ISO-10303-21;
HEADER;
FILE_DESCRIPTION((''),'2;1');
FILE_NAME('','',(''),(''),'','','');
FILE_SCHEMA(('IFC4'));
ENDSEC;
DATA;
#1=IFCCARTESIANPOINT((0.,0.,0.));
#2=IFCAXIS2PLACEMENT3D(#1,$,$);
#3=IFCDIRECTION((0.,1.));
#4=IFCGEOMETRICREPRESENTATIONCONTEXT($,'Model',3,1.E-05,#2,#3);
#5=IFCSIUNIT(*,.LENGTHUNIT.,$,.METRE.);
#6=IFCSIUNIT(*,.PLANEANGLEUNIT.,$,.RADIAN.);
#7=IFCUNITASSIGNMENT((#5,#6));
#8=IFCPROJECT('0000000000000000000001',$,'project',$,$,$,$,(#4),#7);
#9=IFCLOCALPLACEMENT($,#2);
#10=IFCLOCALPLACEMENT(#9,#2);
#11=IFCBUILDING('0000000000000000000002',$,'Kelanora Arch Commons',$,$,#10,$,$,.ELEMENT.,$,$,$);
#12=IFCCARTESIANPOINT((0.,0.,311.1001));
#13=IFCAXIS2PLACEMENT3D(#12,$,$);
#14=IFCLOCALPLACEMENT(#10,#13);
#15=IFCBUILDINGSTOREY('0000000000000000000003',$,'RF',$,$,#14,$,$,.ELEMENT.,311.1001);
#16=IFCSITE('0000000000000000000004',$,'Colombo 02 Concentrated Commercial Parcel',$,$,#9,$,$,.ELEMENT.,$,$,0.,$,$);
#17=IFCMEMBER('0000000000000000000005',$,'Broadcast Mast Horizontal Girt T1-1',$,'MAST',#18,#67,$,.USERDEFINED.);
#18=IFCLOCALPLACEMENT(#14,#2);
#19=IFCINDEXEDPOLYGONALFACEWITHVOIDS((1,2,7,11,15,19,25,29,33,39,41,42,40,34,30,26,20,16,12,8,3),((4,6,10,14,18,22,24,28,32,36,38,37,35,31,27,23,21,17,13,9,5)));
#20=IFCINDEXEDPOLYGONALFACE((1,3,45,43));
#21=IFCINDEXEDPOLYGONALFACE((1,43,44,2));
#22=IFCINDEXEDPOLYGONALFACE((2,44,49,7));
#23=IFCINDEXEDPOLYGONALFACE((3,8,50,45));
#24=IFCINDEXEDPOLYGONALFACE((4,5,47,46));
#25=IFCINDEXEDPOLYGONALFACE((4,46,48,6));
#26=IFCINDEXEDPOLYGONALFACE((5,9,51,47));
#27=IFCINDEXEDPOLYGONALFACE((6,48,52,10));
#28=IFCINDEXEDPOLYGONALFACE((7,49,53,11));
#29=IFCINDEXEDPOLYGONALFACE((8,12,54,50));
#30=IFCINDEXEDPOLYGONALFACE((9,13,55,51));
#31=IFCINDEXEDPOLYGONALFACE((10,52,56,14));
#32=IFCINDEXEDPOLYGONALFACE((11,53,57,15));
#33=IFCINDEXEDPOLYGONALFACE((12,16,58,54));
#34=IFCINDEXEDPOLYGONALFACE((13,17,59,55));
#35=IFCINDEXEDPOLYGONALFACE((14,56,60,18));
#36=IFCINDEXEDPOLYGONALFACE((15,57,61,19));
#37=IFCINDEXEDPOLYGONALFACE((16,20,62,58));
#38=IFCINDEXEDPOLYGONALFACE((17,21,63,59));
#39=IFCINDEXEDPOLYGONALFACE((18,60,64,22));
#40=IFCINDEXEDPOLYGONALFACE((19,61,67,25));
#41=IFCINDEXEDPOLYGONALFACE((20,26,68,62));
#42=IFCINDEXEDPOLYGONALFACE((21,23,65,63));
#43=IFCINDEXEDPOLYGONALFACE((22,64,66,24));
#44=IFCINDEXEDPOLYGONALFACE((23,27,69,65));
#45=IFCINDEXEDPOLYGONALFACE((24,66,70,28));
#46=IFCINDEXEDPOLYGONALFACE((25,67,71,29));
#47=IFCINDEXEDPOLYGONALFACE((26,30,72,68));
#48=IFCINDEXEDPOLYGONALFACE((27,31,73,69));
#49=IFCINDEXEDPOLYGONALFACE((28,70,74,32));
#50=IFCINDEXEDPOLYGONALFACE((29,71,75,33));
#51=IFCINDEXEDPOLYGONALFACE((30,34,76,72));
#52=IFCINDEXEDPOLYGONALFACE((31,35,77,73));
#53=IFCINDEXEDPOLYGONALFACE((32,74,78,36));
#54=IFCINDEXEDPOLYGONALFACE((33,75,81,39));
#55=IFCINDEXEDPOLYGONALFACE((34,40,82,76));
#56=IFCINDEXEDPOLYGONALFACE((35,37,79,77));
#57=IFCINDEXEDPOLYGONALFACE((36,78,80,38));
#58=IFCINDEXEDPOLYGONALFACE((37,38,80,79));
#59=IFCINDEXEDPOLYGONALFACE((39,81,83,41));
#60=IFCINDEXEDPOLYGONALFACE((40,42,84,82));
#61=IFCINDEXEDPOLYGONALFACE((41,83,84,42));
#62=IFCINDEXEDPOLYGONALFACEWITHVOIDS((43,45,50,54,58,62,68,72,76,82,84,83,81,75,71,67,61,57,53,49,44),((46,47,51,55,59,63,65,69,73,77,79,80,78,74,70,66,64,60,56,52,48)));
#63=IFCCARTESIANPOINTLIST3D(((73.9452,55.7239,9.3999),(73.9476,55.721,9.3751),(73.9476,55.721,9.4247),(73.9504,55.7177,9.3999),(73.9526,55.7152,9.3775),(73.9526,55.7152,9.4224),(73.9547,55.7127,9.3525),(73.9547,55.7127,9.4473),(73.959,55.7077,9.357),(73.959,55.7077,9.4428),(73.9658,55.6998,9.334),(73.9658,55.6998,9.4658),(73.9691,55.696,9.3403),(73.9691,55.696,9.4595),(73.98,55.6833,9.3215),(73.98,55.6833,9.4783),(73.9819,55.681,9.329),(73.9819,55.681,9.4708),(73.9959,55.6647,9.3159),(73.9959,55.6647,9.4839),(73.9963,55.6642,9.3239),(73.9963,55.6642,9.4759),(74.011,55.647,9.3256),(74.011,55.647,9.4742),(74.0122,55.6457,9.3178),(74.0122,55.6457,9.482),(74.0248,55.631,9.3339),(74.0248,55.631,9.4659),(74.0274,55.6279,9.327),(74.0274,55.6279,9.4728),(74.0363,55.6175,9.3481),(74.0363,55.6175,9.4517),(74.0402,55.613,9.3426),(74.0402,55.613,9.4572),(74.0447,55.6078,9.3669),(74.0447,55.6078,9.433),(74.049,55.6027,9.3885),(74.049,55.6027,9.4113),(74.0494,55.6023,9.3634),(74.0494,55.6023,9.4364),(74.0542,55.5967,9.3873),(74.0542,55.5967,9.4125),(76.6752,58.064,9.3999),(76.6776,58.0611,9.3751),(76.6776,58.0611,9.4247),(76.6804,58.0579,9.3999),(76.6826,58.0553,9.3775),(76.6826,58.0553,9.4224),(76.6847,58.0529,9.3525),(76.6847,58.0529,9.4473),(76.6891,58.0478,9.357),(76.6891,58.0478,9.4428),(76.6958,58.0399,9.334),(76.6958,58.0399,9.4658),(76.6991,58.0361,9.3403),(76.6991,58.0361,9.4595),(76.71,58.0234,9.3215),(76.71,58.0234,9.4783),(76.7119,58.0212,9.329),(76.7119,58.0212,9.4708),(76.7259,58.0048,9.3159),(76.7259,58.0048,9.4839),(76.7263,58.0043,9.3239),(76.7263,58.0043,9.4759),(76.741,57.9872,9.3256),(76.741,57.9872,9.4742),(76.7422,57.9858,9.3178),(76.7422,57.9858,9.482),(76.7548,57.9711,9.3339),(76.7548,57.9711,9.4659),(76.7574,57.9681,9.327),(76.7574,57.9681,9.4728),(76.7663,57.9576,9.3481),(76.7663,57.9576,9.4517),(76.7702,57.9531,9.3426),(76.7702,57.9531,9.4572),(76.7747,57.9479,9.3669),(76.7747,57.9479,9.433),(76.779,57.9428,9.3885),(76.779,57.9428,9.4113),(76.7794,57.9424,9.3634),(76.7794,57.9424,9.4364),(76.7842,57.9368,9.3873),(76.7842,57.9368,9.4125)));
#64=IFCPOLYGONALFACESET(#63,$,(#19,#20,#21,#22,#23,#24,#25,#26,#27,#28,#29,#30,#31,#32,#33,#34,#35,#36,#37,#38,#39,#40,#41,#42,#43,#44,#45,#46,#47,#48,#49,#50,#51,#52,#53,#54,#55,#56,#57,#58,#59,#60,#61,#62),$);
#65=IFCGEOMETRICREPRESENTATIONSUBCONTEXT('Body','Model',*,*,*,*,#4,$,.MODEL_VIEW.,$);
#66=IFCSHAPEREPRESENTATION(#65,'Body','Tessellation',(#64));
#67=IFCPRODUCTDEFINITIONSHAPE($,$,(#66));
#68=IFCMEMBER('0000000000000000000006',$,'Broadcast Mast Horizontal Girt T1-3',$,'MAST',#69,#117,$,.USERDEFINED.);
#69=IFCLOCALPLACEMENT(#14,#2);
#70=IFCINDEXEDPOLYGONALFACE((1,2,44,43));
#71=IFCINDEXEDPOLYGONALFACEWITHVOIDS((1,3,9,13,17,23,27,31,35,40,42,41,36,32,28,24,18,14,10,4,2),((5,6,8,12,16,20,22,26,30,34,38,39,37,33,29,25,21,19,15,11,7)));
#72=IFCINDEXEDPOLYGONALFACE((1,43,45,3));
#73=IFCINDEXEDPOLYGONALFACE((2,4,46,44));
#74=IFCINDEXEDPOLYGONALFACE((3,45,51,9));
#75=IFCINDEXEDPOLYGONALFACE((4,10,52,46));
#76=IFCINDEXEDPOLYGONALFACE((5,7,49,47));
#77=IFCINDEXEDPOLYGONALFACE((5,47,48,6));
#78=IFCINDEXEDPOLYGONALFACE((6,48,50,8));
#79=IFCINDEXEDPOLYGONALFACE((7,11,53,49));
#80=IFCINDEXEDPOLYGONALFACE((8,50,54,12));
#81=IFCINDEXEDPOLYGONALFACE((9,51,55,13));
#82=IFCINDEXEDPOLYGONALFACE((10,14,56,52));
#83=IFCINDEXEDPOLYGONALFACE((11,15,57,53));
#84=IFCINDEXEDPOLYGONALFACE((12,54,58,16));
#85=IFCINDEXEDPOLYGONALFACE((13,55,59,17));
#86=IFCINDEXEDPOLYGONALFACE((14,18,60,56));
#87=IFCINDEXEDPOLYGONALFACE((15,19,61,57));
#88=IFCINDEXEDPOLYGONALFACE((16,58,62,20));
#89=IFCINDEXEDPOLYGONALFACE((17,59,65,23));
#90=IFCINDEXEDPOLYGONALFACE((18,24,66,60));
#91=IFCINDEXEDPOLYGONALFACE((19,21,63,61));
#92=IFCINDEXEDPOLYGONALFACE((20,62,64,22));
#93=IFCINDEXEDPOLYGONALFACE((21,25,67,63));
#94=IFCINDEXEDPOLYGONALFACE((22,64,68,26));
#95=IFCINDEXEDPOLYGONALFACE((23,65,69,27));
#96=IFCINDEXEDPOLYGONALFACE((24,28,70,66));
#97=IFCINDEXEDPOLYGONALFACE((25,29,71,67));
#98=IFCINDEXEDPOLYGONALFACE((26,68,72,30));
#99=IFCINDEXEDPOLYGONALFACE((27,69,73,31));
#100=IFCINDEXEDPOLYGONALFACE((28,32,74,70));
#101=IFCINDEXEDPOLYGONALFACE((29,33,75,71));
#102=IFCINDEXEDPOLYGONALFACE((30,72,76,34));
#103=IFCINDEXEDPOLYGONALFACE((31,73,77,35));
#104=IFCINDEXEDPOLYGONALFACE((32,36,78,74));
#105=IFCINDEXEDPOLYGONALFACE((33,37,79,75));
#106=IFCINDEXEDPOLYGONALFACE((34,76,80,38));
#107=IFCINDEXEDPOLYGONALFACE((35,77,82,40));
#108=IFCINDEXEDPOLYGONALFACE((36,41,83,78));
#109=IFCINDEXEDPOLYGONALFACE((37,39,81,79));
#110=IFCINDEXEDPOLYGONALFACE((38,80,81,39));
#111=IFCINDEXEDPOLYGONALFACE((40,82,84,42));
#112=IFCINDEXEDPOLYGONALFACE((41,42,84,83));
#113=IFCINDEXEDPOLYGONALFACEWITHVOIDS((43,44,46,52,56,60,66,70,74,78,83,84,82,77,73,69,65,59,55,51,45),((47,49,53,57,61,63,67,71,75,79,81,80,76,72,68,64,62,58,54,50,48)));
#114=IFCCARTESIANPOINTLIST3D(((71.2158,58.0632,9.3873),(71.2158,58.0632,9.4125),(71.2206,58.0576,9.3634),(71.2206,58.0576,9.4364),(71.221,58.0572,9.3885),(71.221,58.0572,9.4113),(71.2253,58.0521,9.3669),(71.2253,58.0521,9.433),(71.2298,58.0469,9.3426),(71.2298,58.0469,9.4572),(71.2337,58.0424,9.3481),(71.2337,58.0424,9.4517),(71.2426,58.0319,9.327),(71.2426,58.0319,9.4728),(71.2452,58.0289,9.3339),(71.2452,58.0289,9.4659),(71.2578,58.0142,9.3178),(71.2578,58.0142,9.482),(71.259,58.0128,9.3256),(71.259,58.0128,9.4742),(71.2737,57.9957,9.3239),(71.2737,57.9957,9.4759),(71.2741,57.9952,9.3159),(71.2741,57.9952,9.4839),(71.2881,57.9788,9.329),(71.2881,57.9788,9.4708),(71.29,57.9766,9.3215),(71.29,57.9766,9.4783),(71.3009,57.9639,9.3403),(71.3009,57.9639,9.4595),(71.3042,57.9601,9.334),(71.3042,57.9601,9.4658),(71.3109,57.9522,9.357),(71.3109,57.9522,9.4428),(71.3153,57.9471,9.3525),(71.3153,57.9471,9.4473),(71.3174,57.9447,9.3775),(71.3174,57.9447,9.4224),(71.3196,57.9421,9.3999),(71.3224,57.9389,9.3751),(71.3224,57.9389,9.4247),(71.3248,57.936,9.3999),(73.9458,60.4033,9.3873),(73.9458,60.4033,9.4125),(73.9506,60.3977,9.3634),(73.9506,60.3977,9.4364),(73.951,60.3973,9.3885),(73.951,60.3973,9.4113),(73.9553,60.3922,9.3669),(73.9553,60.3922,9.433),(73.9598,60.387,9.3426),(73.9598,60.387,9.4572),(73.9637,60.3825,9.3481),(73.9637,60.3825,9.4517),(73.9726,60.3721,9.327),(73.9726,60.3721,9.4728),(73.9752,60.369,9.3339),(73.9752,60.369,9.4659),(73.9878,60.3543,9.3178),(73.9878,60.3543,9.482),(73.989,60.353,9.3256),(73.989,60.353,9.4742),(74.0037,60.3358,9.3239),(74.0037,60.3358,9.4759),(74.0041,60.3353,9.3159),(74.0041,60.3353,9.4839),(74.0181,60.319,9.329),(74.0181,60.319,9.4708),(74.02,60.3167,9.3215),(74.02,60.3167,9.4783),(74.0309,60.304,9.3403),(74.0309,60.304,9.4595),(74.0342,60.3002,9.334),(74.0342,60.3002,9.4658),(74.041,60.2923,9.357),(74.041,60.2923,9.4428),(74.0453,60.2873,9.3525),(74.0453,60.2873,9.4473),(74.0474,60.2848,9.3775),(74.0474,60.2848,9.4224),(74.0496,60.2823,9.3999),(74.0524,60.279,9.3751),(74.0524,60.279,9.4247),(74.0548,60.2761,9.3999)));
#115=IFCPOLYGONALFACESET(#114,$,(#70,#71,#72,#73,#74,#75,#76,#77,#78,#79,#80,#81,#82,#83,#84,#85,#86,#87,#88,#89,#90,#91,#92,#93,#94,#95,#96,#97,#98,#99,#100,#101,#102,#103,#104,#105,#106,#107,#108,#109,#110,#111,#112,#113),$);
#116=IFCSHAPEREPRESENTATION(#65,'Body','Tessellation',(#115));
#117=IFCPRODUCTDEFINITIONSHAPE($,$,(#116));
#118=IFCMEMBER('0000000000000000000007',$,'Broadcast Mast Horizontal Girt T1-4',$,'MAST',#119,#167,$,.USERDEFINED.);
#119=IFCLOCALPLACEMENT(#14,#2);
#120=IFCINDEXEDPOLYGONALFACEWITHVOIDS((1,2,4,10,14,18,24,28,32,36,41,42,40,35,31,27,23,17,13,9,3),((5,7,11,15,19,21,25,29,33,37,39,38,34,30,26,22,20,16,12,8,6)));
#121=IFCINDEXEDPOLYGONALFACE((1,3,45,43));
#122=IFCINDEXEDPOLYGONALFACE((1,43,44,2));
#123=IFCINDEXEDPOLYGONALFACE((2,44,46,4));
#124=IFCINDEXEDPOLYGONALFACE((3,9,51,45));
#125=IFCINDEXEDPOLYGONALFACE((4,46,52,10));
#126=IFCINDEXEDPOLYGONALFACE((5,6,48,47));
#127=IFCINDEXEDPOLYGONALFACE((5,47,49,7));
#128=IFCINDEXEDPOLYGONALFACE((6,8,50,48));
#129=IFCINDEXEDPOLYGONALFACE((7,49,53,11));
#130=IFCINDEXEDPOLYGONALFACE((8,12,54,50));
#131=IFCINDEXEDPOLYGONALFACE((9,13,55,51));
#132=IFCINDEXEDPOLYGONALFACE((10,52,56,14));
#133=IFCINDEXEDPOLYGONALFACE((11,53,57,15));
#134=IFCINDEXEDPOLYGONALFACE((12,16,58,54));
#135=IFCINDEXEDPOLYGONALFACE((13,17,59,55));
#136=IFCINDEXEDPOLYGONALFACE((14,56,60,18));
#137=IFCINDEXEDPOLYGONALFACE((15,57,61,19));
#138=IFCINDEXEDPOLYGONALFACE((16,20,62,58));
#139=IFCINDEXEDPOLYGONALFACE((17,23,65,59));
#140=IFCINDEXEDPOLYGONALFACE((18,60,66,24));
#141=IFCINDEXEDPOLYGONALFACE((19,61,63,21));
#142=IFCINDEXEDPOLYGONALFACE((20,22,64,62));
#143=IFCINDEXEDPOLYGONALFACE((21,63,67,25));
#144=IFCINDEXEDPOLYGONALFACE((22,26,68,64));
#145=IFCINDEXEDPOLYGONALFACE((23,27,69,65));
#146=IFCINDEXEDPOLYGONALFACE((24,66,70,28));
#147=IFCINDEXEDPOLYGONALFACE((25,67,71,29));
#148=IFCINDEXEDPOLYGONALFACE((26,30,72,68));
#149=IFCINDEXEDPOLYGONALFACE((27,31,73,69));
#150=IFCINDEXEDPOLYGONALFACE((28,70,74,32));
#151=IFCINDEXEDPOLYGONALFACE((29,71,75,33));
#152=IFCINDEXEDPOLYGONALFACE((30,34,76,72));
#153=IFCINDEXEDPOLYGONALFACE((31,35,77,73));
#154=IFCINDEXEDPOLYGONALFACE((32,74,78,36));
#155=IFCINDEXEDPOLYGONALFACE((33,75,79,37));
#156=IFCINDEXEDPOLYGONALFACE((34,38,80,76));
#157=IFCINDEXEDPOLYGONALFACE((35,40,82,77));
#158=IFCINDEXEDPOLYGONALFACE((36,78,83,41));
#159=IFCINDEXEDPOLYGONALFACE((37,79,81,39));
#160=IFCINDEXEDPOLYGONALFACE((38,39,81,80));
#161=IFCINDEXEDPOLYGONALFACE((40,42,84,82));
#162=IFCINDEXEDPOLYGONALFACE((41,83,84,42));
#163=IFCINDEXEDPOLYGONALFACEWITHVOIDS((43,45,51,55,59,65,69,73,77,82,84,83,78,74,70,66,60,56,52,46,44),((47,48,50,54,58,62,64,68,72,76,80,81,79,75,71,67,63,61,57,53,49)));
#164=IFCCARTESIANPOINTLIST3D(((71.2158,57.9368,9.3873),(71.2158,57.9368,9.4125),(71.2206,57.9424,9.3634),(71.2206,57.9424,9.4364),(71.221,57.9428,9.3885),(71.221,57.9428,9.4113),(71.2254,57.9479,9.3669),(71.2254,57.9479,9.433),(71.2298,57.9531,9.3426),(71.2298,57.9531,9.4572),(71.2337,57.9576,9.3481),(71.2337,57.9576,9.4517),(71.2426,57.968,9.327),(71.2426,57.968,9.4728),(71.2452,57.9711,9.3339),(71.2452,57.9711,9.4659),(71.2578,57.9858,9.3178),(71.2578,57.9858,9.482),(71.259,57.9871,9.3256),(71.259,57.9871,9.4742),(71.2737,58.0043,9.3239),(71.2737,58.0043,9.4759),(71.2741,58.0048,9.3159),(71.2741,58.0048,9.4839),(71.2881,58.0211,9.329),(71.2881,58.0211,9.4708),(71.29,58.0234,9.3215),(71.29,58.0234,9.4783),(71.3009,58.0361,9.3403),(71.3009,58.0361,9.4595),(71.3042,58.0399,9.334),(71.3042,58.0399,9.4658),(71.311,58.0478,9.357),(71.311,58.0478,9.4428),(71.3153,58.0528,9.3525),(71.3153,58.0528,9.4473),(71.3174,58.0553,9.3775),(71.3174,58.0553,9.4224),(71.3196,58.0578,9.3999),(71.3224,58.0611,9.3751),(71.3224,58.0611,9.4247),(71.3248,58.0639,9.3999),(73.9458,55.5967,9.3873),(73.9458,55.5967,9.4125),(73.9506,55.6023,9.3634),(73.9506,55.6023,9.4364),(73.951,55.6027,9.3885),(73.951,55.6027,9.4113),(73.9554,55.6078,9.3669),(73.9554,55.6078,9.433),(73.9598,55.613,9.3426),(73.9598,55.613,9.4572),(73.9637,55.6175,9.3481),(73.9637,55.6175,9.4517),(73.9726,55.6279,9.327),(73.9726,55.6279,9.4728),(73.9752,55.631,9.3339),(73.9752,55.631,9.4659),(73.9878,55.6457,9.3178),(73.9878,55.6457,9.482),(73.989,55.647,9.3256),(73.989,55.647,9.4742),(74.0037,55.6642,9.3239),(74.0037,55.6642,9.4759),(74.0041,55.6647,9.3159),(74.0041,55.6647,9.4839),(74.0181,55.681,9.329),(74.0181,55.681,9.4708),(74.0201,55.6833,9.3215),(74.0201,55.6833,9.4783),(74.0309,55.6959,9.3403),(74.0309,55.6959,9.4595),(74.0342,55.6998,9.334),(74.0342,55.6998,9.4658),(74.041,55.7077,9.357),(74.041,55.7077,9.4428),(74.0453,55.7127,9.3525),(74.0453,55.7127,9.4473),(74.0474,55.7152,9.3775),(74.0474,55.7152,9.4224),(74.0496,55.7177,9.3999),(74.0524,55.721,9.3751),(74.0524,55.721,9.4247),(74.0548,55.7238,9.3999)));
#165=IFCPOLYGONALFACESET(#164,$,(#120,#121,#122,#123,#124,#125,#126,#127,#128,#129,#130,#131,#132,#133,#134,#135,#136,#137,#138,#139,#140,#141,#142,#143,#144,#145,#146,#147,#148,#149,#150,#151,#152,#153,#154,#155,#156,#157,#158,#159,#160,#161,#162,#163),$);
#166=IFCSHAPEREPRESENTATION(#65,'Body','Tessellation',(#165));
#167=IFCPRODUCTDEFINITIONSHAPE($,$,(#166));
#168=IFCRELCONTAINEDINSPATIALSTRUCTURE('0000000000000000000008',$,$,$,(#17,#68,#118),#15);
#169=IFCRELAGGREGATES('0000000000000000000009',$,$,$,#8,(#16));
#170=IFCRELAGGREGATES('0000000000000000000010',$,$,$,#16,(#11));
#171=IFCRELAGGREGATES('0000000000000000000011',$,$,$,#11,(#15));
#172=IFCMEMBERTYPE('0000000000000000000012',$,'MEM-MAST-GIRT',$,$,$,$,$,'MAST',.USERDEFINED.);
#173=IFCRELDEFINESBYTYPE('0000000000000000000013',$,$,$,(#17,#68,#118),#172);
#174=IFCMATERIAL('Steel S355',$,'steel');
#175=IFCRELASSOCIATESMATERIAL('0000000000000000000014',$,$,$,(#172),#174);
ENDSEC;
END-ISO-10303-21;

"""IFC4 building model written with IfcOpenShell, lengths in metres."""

from ifc_helpers import new_model, si_unit, direction, frame, origin, origin_2d, place, context, subcontext, project, spatial, hollow_circle, extrude, material, material_profile, profile_set, type_object, element, save


model = new_model("IFC4")

# Units and contexts
model_context = context("Model", 3, precision=1e-05, world=origin(), true_north=direction((0.0, 1.0)))
body_context = subcontext(model_context, "Body", "Model", "MODEL_VIEW")
ifc_project = project(units=[si_unit("LENGTHUNIT", "METRE"), si_unit("PLANEANGLEUNIT", "RADIAN")], contexts=[model_context])

# Site, building, storey
site_placement = place(None, origin())
site = spatial("IfcSite", under=ifc_project, at=site_placement, Name="Colombo 02 Concentrated Commercial Parcel", CompositionType="ELEMENT", RefElevation=0.0)
building_placement = place(site_placement, origin())
building = spatial("IfcBuilding", under=site, at=building_placement, Name="Kelanora Arch Commons", CompositionType="ELEMENT")
storey_placement = place(building_placement, frame((0.0, 0.0, 311.1001)))
storey = spatial("IfcBuildingStorey", under=building, at=storey_placement, Name="RF", CompositionType="ELEMENT", Elevation=311.1001)

# Members
ifc_material_1 = material(Name="Steel S355", Category="steel")
ifc_material_profile_1 = material_profile(ifc_material_1, hollow_circle(Radius=0.0842, WallThickness=0.0081, at=origin_2d()), Name="CHS168.3x8")
ifc_profile_set_1 = profile_set([ifc_material_profile_1], Name="Steel S355")
member_type_1 = type_object("IfcMemberType", Name="MEM-MAST-GIRT", ElementType="MAST", PredefinedType="USERDEFINED", material=ifc_profile_set_1)
for number, where, z_axis, x_axis, name in (
    (1, (74.0, 55.6599, 9.3999), (0.759242, 0.650808, 0.0), (-0.650808, 0.759242, 0.0), "Broadcast Mast Horizontal Girt T1-1"),
    (2, (74.0, 60.3401, 9.3999), (-0.759242, -0.650808, 0.0), (0.650808, -0.759242, 0.0), "Broadcast Mast Horizontal Girt T1-3"),
    (3, (71.27, 58.0, 9.3999), (0.759242, -0.650808, 0.0), (0.650808, 0.759242, 0.0), "Broadcast Mast Horizontal Girt T1-4"),
):
    element("IfcMember", number, at=place(storey_placement, frame(where, z_axis=z_axis, x_axis=x_axis)), inside=storey, type_object=member_type_1, Name=name, ObjectType="MAST", PredefinedType="USERDEFINED", context=body_context, shape_type="SweptSolid", body=[
        extrude(hollow_circle(Radius=0.0842, WallThickness=0.0081, at=origin_2d()), origin(), (0.0, 0.0, 1.0), 3.5957),
    ])

save(model, "model.ifc")
